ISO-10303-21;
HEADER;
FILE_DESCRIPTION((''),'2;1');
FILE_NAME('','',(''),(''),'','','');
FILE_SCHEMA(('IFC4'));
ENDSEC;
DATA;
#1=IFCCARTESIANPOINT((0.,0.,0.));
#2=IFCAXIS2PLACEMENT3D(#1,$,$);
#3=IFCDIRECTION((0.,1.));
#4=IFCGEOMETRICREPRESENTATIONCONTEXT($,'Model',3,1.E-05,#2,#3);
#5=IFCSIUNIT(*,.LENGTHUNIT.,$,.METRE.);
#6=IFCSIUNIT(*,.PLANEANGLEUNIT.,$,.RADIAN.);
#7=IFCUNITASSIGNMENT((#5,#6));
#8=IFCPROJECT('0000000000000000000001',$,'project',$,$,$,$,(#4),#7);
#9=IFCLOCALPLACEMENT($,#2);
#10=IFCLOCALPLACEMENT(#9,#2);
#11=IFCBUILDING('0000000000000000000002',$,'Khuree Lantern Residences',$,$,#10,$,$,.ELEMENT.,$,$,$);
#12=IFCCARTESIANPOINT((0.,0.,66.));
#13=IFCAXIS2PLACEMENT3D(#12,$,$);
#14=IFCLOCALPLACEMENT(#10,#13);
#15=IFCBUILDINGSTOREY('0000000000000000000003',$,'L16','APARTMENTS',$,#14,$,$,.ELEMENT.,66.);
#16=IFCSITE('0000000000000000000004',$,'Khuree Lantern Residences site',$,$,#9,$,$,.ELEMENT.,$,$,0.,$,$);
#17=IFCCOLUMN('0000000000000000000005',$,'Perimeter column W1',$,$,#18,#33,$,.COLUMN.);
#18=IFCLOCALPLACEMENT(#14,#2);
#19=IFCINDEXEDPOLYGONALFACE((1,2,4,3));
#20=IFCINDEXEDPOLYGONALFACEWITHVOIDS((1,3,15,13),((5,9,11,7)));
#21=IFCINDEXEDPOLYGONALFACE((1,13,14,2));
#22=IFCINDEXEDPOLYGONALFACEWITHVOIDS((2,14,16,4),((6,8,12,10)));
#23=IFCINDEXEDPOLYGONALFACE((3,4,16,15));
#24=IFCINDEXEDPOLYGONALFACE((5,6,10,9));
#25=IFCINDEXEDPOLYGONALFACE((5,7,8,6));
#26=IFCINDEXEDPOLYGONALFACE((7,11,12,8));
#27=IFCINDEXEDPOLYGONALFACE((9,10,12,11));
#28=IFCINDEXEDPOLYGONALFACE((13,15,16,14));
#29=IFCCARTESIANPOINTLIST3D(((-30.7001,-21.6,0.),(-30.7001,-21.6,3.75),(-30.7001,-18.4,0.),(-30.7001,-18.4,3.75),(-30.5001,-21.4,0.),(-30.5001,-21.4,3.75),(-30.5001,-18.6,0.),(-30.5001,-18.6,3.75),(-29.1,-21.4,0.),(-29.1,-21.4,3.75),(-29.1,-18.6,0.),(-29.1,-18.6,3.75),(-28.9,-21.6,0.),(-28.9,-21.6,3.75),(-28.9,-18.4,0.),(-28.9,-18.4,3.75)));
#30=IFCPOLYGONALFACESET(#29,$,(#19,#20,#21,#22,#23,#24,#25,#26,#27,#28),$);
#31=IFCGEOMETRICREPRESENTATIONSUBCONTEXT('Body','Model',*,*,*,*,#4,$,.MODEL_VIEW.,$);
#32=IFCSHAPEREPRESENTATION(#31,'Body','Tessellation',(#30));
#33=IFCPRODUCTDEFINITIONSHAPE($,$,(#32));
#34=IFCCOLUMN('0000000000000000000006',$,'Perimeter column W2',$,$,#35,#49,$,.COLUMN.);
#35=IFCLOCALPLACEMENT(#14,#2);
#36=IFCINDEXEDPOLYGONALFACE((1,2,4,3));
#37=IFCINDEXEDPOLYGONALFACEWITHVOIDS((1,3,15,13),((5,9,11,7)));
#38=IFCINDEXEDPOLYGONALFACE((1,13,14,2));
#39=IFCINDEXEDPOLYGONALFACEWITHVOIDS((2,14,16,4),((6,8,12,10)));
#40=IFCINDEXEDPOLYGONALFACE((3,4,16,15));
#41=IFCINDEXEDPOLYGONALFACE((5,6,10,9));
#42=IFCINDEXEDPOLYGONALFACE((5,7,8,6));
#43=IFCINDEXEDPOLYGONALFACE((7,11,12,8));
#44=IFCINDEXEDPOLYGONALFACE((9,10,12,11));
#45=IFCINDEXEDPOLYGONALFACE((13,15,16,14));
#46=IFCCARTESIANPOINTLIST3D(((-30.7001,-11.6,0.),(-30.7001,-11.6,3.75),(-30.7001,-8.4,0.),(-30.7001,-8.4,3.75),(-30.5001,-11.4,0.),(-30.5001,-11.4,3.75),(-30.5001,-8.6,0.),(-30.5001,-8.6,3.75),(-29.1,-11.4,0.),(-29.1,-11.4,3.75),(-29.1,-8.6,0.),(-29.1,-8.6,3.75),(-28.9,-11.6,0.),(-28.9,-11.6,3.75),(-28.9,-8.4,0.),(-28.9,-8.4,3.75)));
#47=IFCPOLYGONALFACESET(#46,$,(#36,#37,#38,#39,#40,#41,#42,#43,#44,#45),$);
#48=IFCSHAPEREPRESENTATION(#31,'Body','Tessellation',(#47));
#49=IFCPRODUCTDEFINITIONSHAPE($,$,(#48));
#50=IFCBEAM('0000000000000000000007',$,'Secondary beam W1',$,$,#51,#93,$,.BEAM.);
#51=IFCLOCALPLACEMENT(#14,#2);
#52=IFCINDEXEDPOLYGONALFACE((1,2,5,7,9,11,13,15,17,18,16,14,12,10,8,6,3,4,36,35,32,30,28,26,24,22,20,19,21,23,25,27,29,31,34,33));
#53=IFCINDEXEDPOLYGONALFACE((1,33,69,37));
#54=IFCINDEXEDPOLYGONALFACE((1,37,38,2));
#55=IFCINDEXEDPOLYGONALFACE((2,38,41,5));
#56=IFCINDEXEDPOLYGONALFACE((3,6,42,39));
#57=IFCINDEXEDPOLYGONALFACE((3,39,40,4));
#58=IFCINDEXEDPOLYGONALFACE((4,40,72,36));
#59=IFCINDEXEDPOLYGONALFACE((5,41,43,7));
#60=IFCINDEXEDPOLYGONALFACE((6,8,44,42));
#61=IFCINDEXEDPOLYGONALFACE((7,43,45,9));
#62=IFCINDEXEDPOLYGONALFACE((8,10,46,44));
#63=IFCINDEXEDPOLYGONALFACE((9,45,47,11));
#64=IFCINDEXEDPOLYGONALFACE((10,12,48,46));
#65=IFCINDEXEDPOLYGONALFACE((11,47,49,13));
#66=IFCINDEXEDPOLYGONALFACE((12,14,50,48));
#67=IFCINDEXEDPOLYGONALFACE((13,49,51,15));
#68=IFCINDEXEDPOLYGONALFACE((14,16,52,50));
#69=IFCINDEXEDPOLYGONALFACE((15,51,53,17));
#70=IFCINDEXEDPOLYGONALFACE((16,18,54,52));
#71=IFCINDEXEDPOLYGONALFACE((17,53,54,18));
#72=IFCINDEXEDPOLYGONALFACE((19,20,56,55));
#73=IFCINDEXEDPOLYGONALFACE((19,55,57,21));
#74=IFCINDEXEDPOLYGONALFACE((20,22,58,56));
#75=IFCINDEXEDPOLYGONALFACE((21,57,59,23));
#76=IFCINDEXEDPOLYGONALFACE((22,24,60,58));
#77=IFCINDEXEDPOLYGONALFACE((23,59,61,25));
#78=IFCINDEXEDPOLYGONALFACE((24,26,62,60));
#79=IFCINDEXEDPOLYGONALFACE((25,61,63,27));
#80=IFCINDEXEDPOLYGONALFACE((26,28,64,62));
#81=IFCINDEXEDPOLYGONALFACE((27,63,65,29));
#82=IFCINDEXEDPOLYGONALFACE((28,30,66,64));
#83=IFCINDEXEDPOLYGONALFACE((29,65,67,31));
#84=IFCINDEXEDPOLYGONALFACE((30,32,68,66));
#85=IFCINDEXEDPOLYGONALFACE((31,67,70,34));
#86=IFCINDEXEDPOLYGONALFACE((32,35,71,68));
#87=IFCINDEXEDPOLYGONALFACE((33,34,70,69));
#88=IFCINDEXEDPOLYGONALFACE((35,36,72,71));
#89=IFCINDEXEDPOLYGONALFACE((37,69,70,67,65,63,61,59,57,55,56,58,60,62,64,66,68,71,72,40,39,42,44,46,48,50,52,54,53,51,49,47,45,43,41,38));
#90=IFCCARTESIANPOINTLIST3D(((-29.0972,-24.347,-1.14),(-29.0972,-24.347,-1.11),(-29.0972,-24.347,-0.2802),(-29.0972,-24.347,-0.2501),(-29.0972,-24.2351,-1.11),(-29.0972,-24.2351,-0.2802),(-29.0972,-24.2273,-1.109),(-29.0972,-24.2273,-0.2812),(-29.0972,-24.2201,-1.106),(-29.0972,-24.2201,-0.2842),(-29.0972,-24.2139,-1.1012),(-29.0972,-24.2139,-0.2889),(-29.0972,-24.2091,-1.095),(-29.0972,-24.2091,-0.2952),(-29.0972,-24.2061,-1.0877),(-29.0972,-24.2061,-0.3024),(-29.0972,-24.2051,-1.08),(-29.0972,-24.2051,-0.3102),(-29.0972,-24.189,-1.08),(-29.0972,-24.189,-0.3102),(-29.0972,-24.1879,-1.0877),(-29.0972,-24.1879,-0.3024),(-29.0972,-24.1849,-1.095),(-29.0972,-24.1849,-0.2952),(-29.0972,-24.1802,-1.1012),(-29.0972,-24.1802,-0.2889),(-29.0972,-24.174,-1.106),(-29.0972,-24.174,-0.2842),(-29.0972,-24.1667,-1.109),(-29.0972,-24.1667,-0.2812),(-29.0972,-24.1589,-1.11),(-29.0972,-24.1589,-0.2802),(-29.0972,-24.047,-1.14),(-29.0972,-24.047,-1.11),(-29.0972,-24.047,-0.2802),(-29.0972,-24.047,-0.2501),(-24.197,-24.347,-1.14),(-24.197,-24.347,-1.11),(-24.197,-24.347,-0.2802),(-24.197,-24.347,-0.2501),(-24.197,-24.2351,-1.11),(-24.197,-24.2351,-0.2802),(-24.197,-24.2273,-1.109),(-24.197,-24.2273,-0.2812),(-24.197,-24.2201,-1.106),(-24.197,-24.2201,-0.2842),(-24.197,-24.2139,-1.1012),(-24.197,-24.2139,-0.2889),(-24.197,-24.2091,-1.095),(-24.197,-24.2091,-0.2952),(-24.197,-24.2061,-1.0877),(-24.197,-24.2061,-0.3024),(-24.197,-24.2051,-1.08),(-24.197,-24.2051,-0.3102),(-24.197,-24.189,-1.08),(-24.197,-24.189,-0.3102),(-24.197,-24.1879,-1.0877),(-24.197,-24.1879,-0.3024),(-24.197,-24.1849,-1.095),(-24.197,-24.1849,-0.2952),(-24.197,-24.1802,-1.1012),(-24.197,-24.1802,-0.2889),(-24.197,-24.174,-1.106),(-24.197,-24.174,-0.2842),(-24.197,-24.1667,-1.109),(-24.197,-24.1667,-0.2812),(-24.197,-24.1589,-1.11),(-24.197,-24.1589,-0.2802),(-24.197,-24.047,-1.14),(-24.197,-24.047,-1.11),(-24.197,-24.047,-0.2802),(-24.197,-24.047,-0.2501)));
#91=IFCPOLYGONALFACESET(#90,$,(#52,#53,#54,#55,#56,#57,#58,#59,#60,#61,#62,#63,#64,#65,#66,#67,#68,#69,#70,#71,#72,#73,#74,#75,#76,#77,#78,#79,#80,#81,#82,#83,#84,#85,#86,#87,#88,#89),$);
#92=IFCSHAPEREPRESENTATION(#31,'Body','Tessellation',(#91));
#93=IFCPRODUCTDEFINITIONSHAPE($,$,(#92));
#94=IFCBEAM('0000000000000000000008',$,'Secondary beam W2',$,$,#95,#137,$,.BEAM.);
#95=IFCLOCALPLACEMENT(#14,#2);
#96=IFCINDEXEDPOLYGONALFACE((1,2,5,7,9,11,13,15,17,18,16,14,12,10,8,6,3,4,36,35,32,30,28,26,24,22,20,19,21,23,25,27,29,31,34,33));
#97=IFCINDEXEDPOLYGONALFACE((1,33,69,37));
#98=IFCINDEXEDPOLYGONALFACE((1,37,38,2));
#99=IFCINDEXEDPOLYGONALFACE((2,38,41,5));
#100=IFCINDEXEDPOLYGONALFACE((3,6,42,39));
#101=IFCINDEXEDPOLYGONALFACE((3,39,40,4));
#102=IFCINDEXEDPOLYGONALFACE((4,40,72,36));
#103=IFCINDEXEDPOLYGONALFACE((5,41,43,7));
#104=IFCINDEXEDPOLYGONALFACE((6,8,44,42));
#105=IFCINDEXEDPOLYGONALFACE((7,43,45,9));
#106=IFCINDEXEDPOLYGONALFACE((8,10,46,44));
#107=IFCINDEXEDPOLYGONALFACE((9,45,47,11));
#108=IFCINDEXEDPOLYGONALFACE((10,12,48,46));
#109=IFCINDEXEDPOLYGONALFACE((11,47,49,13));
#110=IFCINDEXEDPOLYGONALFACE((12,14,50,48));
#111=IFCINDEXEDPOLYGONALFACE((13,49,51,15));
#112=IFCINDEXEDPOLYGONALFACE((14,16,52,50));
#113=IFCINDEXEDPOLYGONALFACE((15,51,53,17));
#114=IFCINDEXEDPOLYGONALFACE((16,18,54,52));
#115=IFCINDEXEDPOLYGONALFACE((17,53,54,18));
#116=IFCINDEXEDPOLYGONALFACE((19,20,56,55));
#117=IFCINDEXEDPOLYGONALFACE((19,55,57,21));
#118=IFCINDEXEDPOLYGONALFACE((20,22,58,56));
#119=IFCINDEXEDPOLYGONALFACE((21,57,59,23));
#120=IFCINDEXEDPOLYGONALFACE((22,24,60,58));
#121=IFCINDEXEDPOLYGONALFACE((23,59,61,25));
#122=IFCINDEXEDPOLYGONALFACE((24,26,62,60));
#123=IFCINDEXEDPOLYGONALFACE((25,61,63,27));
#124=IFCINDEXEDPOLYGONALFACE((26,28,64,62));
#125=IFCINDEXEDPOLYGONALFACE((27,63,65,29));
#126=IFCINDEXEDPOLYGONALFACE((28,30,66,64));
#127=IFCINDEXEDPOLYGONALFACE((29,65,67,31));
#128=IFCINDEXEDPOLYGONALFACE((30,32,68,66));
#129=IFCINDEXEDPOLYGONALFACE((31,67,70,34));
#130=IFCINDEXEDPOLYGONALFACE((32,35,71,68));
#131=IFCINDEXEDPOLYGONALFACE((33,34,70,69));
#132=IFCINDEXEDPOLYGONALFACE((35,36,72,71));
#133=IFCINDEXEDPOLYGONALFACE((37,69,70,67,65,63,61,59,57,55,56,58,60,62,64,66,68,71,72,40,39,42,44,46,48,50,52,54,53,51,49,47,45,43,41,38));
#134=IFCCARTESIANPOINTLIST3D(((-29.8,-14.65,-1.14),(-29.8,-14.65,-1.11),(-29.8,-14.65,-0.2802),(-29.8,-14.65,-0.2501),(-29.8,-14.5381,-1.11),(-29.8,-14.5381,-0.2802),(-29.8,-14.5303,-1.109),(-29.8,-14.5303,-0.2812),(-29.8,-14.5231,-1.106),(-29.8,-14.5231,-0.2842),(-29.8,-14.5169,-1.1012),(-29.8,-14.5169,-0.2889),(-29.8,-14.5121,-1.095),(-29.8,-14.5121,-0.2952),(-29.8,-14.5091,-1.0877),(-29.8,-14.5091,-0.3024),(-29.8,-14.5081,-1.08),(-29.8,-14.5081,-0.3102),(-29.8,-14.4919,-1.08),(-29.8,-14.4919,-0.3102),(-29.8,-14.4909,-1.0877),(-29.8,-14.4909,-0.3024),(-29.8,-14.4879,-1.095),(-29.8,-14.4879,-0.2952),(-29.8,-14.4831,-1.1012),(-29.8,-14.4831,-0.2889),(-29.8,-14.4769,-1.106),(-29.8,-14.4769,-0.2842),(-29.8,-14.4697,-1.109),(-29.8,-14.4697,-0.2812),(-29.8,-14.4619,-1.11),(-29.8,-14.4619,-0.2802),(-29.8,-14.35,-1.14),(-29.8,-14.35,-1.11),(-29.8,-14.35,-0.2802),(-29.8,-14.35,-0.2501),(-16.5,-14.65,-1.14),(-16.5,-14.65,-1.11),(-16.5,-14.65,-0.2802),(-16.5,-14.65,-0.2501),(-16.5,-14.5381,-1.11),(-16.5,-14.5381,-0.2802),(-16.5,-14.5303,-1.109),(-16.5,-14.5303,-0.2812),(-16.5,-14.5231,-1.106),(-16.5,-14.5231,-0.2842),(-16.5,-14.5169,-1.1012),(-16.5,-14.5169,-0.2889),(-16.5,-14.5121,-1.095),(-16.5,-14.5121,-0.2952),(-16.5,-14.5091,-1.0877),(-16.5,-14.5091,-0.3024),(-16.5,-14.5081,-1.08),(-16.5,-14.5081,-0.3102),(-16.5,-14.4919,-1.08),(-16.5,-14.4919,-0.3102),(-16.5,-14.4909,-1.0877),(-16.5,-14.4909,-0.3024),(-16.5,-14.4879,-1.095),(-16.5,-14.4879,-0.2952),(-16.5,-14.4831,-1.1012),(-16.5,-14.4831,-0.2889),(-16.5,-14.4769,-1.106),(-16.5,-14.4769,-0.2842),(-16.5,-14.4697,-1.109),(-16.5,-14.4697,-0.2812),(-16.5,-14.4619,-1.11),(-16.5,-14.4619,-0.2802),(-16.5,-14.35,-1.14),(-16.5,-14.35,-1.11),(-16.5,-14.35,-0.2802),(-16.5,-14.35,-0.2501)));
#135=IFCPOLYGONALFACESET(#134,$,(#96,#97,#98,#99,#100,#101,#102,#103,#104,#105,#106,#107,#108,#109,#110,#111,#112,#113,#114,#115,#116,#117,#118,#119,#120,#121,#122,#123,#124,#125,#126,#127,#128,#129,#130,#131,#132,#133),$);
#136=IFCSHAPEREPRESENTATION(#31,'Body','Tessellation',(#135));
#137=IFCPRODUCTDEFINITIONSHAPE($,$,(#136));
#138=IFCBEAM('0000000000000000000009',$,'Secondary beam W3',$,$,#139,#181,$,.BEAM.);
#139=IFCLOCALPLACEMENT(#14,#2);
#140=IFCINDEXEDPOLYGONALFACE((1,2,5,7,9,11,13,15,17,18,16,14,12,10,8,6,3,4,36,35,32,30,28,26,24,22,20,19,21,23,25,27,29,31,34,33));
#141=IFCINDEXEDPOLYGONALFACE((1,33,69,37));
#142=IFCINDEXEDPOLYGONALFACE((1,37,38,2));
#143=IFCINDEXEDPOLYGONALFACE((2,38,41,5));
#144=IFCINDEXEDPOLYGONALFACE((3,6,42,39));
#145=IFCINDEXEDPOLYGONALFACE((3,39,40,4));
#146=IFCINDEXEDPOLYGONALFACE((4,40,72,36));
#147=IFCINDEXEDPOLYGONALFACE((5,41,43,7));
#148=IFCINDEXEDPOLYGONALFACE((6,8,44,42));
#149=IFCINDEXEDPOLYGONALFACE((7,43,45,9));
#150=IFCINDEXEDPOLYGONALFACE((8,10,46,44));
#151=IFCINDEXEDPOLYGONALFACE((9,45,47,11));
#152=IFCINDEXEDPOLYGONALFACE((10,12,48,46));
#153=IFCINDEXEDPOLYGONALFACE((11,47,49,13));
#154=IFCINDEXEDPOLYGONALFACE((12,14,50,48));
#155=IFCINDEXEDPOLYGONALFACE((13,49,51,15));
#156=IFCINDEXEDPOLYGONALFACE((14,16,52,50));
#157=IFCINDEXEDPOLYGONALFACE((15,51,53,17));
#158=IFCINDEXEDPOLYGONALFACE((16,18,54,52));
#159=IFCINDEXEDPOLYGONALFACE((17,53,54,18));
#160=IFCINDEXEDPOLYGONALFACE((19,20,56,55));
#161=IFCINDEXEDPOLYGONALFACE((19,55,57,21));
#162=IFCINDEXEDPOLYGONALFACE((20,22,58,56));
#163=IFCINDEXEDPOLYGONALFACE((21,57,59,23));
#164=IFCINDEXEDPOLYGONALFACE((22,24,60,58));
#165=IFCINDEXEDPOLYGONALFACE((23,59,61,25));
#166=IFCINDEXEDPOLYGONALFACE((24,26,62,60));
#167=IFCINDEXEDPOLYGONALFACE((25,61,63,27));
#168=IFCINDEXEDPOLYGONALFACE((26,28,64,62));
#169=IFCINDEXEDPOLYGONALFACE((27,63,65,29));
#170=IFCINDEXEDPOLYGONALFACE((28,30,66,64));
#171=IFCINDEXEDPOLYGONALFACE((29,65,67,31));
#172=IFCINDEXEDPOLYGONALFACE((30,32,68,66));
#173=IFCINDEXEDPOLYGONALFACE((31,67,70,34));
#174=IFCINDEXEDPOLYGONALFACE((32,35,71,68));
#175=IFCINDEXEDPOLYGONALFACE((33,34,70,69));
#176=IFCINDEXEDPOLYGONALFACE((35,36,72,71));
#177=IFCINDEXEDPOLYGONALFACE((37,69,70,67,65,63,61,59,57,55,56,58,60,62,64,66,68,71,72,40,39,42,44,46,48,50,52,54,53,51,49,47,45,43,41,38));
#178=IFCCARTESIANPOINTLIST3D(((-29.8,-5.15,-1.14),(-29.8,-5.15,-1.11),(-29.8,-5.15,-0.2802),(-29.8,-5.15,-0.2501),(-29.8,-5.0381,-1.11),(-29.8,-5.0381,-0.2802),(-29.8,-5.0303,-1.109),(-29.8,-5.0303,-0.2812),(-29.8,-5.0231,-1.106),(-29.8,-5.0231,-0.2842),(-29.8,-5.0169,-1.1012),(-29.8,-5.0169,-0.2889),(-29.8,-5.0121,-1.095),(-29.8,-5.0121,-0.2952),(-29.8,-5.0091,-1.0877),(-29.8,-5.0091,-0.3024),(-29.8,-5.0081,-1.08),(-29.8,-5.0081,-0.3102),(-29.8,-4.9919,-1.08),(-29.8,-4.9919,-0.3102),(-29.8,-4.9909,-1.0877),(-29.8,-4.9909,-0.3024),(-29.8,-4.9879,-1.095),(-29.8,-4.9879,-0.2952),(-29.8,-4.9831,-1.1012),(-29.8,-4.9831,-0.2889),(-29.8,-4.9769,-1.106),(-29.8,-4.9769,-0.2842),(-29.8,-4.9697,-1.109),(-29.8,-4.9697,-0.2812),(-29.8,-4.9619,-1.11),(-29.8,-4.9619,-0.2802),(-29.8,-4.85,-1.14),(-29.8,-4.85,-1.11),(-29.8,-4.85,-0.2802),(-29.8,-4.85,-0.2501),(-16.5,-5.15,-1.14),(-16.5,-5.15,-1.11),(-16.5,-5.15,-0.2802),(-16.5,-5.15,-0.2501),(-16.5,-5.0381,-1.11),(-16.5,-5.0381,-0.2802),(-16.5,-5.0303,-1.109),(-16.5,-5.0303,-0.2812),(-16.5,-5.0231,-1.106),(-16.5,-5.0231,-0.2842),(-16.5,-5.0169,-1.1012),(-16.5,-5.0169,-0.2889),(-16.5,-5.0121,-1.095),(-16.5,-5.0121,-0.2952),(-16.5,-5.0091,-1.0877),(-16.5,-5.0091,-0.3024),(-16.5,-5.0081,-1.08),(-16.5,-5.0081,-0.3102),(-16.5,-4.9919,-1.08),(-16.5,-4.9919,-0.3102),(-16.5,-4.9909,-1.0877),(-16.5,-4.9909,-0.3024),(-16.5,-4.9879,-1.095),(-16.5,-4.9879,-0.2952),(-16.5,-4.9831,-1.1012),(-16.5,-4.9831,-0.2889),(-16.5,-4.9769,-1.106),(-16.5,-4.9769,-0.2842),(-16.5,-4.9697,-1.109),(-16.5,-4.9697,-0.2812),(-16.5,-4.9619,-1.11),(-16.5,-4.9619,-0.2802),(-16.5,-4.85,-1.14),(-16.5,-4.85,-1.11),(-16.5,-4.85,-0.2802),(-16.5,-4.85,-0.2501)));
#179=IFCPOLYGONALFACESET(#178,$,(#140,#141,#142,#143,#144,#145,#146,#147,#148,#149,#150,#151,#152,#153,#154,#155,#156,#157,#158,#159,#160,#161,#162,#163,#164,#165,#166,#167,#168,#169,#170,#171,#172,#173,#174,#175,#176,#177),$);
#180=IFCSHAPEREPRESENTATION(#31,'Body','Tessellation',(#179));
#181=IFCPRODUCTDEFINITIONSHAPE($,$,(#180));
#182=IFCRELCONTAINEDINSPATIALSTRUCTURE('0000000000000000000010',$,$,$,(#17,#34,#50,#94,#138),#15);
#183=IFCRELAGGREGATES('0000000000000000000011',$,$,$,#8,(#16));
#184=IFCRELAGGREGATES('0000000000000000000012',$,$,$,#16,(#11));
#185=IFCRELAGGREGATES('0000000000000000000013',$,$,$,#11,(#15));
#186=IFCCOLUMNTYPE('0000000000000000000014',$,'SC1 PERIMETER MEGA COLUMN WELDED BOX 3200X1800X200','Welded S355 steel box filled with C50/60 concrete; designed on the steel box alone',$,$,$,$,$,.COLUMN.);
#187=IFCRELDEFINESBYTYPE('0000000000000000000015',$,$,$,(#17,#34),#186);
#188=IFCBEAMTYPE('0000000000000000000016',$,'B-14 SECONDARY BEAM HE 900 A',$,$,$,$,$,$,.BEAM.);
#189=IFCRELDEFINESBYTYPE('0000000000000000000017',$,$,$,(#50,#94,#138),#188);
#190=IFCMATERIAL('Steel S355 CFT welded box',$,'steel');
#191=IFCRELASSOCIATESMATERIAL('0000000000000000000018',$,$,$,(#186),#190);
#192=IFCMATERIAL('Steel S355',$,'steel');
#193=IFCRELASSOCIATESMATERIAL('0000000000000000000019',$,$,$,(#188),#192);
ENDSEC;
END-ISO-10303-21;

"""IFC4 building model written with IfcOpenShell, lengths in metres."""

from ifc_helpers import new_model, si_unit, direction, frame, origin, origin_2d, place, context, subcontext, project, spatial, hollow_rectangle, i_section, extrude, material, material_profile, profile_set, type_object, element, save


model = new_model("IFC4")

# Units and contexts
model_context = context("Model", 3, precision=1e-05, world=origin(), true_north=direction((0.0, 1.0)))
body_context = subcontext(model_context, "Body", "Model", "MODEL_VIEW")
ifc_project = project(units=[si_unit("LENGTHUNIT", "METRE"), si_unit("PLANEANGLEUNIT", "RADIAN")], contexts=[model_context])

# Site, building, storey
site_placement = place(None, origin())
site = spatial("IfcSite", under=ifc_project, at=site_placement, Name="Khuree Lantern Residences site", CompositionType="ELEMENT", RefElevation=0.0)
building_placement = place(site_placement, origin())
building = spatial("IfcBuilding", under=site, at=building_placement, Name="Khuree Lantern Residences", CompositionType="ELEMENT")
storey_placement = place(building_placement, frame((0.0, 0.0, 66.0)))
storey = spatial("IfcBuildingStorey", under=building, at=storey_placement, Name="L16", Description="APARTMENTS", CompositionType="ELEMENT", Elevation=66.0)

# Columns
ifc_material_1 = material(Name="Steel S355 CFT welded box", Category="steel")
ifc_material_profile_1 = material_profile(ifc_material_1, hollow_rectangle(XDim=3.2, YDim=1.8, WallThickness=0.2, at=origin_2d()), Name="WELDED BOX 3200X1800X200")
ifc_profile_set_1 = profile_set([ifc_material_profile_1], Name="Steel S355 CFT welded box")
column_type = type_object("IfcColumnType", Name="SC1 PERIMETER MEGA COLUMN WELDED BOX 3200X1800X200", Description="Welded S355 steel box filled with C50/60 concrete; designed on the steel box alone", PredefinedType="COLUMN", material=ifc_profile_set_1)
for number, where, z_axis, x_axis, name in (
    (1, (-29.8, -20.0, 0.0), (0.0, 0.0, 1.0), (0.0, 1.0, 0.0), "Perimeter column W1"),
    (2, (-29.8, -10.0, 0.0), (0.0, 0.0, 1.0), (0.0, 1.0, 0.0), "Perimeter column W2"),
):
    element("IfcColumn", number, at=place(storey_placement, frame(where, z_axis=z_axis, x_axis=x_axis)), inside=storey, type_object=column_type, Name=name, PredefinedType="COLUMN", context=body_context, shape_type="SweptSolid", body=[
        extrude(hollow_rectangle(XDim=3.2, YDim=1.8, WallThickness=0.2, at=origin_2d()), origin(), (0.0, 0.0, 1.0), 3.75),
    ])

# Beams
ifc_material_2 = material(Name="Steel S355", Category="steel")
ifc_material_profile_2 = material_profile(ifc_material_2, i_section(OverallWidth=0.3, OverallDepth=0.8899, WebThickness=0.0161, FlangeThickness=0.03, FilletRadius=0.03, at=origin_2d()), Name="HE 900 A")
ifc_profile_set_2 = profile_set([ifc_material_profile_2], Name="Steel S355")
beam_type_1 = type_object("IfcBeamType", Name="B-14 SECONDARY BEAM HE 900 A", PredefinedType="BEAM", material=ifc_profile_set_2)
beam_1_placement = place(storey_placement, frame((-29.0972, -24.197, -0.6951), z_axis=(1.0, 0.0, 0.0), x_axis=(0.0, 1.0, 0.0)))
element("IfcBeam", 3, at=beam_1_placement, inside=storey, type_object=beam_type_1, Name="Secondary beam W1", PredefinedType="BEAM", context=body_context, shape_type="SweptSolid", body=[
    extrude(i_section(OverallWidth=0.3, OverallDepth=0.8899, WebThickness=0.0161, FlangeThickness=0.03, FilletRadius=0.03, at=origin_2d()), origin(), (0.0, 0.0, 1.0), 4.9001),
])
for number, where, z_axis, x_axis, name in (
    (4, (-29.8, -14.5, -0.6951), (1.0, 0.0, 0.0), (0.0, 1.0, 0.0), "Secondary beam W2"),
    (5, (-29.8, -5.0, -0.6951), (1.0, 0.0, 0.0), (0.0, 1.0, 0.0), "Secondary beam W3"),
):
    element("IfcBeam", number, at=place(storey_placement, frame(where, z_axis=z_axis, x_axis=x_axis)), inside=storey, type_object=beam_type_1, Name=name, PredefinedType="BEAM", context=body_context, shape_type="SweptSolid", body=[
        extrude(i_section(OverallWidth=0.3, OverallDepth=0.8899, WebThickness=0.0161, FlangeThickness=0.03, FilletRadius=0.03, at=origin_2d()), origin(), (0.0, 0.0, 1.0), 13.3),
    ])

save(model, "model.ifc")
